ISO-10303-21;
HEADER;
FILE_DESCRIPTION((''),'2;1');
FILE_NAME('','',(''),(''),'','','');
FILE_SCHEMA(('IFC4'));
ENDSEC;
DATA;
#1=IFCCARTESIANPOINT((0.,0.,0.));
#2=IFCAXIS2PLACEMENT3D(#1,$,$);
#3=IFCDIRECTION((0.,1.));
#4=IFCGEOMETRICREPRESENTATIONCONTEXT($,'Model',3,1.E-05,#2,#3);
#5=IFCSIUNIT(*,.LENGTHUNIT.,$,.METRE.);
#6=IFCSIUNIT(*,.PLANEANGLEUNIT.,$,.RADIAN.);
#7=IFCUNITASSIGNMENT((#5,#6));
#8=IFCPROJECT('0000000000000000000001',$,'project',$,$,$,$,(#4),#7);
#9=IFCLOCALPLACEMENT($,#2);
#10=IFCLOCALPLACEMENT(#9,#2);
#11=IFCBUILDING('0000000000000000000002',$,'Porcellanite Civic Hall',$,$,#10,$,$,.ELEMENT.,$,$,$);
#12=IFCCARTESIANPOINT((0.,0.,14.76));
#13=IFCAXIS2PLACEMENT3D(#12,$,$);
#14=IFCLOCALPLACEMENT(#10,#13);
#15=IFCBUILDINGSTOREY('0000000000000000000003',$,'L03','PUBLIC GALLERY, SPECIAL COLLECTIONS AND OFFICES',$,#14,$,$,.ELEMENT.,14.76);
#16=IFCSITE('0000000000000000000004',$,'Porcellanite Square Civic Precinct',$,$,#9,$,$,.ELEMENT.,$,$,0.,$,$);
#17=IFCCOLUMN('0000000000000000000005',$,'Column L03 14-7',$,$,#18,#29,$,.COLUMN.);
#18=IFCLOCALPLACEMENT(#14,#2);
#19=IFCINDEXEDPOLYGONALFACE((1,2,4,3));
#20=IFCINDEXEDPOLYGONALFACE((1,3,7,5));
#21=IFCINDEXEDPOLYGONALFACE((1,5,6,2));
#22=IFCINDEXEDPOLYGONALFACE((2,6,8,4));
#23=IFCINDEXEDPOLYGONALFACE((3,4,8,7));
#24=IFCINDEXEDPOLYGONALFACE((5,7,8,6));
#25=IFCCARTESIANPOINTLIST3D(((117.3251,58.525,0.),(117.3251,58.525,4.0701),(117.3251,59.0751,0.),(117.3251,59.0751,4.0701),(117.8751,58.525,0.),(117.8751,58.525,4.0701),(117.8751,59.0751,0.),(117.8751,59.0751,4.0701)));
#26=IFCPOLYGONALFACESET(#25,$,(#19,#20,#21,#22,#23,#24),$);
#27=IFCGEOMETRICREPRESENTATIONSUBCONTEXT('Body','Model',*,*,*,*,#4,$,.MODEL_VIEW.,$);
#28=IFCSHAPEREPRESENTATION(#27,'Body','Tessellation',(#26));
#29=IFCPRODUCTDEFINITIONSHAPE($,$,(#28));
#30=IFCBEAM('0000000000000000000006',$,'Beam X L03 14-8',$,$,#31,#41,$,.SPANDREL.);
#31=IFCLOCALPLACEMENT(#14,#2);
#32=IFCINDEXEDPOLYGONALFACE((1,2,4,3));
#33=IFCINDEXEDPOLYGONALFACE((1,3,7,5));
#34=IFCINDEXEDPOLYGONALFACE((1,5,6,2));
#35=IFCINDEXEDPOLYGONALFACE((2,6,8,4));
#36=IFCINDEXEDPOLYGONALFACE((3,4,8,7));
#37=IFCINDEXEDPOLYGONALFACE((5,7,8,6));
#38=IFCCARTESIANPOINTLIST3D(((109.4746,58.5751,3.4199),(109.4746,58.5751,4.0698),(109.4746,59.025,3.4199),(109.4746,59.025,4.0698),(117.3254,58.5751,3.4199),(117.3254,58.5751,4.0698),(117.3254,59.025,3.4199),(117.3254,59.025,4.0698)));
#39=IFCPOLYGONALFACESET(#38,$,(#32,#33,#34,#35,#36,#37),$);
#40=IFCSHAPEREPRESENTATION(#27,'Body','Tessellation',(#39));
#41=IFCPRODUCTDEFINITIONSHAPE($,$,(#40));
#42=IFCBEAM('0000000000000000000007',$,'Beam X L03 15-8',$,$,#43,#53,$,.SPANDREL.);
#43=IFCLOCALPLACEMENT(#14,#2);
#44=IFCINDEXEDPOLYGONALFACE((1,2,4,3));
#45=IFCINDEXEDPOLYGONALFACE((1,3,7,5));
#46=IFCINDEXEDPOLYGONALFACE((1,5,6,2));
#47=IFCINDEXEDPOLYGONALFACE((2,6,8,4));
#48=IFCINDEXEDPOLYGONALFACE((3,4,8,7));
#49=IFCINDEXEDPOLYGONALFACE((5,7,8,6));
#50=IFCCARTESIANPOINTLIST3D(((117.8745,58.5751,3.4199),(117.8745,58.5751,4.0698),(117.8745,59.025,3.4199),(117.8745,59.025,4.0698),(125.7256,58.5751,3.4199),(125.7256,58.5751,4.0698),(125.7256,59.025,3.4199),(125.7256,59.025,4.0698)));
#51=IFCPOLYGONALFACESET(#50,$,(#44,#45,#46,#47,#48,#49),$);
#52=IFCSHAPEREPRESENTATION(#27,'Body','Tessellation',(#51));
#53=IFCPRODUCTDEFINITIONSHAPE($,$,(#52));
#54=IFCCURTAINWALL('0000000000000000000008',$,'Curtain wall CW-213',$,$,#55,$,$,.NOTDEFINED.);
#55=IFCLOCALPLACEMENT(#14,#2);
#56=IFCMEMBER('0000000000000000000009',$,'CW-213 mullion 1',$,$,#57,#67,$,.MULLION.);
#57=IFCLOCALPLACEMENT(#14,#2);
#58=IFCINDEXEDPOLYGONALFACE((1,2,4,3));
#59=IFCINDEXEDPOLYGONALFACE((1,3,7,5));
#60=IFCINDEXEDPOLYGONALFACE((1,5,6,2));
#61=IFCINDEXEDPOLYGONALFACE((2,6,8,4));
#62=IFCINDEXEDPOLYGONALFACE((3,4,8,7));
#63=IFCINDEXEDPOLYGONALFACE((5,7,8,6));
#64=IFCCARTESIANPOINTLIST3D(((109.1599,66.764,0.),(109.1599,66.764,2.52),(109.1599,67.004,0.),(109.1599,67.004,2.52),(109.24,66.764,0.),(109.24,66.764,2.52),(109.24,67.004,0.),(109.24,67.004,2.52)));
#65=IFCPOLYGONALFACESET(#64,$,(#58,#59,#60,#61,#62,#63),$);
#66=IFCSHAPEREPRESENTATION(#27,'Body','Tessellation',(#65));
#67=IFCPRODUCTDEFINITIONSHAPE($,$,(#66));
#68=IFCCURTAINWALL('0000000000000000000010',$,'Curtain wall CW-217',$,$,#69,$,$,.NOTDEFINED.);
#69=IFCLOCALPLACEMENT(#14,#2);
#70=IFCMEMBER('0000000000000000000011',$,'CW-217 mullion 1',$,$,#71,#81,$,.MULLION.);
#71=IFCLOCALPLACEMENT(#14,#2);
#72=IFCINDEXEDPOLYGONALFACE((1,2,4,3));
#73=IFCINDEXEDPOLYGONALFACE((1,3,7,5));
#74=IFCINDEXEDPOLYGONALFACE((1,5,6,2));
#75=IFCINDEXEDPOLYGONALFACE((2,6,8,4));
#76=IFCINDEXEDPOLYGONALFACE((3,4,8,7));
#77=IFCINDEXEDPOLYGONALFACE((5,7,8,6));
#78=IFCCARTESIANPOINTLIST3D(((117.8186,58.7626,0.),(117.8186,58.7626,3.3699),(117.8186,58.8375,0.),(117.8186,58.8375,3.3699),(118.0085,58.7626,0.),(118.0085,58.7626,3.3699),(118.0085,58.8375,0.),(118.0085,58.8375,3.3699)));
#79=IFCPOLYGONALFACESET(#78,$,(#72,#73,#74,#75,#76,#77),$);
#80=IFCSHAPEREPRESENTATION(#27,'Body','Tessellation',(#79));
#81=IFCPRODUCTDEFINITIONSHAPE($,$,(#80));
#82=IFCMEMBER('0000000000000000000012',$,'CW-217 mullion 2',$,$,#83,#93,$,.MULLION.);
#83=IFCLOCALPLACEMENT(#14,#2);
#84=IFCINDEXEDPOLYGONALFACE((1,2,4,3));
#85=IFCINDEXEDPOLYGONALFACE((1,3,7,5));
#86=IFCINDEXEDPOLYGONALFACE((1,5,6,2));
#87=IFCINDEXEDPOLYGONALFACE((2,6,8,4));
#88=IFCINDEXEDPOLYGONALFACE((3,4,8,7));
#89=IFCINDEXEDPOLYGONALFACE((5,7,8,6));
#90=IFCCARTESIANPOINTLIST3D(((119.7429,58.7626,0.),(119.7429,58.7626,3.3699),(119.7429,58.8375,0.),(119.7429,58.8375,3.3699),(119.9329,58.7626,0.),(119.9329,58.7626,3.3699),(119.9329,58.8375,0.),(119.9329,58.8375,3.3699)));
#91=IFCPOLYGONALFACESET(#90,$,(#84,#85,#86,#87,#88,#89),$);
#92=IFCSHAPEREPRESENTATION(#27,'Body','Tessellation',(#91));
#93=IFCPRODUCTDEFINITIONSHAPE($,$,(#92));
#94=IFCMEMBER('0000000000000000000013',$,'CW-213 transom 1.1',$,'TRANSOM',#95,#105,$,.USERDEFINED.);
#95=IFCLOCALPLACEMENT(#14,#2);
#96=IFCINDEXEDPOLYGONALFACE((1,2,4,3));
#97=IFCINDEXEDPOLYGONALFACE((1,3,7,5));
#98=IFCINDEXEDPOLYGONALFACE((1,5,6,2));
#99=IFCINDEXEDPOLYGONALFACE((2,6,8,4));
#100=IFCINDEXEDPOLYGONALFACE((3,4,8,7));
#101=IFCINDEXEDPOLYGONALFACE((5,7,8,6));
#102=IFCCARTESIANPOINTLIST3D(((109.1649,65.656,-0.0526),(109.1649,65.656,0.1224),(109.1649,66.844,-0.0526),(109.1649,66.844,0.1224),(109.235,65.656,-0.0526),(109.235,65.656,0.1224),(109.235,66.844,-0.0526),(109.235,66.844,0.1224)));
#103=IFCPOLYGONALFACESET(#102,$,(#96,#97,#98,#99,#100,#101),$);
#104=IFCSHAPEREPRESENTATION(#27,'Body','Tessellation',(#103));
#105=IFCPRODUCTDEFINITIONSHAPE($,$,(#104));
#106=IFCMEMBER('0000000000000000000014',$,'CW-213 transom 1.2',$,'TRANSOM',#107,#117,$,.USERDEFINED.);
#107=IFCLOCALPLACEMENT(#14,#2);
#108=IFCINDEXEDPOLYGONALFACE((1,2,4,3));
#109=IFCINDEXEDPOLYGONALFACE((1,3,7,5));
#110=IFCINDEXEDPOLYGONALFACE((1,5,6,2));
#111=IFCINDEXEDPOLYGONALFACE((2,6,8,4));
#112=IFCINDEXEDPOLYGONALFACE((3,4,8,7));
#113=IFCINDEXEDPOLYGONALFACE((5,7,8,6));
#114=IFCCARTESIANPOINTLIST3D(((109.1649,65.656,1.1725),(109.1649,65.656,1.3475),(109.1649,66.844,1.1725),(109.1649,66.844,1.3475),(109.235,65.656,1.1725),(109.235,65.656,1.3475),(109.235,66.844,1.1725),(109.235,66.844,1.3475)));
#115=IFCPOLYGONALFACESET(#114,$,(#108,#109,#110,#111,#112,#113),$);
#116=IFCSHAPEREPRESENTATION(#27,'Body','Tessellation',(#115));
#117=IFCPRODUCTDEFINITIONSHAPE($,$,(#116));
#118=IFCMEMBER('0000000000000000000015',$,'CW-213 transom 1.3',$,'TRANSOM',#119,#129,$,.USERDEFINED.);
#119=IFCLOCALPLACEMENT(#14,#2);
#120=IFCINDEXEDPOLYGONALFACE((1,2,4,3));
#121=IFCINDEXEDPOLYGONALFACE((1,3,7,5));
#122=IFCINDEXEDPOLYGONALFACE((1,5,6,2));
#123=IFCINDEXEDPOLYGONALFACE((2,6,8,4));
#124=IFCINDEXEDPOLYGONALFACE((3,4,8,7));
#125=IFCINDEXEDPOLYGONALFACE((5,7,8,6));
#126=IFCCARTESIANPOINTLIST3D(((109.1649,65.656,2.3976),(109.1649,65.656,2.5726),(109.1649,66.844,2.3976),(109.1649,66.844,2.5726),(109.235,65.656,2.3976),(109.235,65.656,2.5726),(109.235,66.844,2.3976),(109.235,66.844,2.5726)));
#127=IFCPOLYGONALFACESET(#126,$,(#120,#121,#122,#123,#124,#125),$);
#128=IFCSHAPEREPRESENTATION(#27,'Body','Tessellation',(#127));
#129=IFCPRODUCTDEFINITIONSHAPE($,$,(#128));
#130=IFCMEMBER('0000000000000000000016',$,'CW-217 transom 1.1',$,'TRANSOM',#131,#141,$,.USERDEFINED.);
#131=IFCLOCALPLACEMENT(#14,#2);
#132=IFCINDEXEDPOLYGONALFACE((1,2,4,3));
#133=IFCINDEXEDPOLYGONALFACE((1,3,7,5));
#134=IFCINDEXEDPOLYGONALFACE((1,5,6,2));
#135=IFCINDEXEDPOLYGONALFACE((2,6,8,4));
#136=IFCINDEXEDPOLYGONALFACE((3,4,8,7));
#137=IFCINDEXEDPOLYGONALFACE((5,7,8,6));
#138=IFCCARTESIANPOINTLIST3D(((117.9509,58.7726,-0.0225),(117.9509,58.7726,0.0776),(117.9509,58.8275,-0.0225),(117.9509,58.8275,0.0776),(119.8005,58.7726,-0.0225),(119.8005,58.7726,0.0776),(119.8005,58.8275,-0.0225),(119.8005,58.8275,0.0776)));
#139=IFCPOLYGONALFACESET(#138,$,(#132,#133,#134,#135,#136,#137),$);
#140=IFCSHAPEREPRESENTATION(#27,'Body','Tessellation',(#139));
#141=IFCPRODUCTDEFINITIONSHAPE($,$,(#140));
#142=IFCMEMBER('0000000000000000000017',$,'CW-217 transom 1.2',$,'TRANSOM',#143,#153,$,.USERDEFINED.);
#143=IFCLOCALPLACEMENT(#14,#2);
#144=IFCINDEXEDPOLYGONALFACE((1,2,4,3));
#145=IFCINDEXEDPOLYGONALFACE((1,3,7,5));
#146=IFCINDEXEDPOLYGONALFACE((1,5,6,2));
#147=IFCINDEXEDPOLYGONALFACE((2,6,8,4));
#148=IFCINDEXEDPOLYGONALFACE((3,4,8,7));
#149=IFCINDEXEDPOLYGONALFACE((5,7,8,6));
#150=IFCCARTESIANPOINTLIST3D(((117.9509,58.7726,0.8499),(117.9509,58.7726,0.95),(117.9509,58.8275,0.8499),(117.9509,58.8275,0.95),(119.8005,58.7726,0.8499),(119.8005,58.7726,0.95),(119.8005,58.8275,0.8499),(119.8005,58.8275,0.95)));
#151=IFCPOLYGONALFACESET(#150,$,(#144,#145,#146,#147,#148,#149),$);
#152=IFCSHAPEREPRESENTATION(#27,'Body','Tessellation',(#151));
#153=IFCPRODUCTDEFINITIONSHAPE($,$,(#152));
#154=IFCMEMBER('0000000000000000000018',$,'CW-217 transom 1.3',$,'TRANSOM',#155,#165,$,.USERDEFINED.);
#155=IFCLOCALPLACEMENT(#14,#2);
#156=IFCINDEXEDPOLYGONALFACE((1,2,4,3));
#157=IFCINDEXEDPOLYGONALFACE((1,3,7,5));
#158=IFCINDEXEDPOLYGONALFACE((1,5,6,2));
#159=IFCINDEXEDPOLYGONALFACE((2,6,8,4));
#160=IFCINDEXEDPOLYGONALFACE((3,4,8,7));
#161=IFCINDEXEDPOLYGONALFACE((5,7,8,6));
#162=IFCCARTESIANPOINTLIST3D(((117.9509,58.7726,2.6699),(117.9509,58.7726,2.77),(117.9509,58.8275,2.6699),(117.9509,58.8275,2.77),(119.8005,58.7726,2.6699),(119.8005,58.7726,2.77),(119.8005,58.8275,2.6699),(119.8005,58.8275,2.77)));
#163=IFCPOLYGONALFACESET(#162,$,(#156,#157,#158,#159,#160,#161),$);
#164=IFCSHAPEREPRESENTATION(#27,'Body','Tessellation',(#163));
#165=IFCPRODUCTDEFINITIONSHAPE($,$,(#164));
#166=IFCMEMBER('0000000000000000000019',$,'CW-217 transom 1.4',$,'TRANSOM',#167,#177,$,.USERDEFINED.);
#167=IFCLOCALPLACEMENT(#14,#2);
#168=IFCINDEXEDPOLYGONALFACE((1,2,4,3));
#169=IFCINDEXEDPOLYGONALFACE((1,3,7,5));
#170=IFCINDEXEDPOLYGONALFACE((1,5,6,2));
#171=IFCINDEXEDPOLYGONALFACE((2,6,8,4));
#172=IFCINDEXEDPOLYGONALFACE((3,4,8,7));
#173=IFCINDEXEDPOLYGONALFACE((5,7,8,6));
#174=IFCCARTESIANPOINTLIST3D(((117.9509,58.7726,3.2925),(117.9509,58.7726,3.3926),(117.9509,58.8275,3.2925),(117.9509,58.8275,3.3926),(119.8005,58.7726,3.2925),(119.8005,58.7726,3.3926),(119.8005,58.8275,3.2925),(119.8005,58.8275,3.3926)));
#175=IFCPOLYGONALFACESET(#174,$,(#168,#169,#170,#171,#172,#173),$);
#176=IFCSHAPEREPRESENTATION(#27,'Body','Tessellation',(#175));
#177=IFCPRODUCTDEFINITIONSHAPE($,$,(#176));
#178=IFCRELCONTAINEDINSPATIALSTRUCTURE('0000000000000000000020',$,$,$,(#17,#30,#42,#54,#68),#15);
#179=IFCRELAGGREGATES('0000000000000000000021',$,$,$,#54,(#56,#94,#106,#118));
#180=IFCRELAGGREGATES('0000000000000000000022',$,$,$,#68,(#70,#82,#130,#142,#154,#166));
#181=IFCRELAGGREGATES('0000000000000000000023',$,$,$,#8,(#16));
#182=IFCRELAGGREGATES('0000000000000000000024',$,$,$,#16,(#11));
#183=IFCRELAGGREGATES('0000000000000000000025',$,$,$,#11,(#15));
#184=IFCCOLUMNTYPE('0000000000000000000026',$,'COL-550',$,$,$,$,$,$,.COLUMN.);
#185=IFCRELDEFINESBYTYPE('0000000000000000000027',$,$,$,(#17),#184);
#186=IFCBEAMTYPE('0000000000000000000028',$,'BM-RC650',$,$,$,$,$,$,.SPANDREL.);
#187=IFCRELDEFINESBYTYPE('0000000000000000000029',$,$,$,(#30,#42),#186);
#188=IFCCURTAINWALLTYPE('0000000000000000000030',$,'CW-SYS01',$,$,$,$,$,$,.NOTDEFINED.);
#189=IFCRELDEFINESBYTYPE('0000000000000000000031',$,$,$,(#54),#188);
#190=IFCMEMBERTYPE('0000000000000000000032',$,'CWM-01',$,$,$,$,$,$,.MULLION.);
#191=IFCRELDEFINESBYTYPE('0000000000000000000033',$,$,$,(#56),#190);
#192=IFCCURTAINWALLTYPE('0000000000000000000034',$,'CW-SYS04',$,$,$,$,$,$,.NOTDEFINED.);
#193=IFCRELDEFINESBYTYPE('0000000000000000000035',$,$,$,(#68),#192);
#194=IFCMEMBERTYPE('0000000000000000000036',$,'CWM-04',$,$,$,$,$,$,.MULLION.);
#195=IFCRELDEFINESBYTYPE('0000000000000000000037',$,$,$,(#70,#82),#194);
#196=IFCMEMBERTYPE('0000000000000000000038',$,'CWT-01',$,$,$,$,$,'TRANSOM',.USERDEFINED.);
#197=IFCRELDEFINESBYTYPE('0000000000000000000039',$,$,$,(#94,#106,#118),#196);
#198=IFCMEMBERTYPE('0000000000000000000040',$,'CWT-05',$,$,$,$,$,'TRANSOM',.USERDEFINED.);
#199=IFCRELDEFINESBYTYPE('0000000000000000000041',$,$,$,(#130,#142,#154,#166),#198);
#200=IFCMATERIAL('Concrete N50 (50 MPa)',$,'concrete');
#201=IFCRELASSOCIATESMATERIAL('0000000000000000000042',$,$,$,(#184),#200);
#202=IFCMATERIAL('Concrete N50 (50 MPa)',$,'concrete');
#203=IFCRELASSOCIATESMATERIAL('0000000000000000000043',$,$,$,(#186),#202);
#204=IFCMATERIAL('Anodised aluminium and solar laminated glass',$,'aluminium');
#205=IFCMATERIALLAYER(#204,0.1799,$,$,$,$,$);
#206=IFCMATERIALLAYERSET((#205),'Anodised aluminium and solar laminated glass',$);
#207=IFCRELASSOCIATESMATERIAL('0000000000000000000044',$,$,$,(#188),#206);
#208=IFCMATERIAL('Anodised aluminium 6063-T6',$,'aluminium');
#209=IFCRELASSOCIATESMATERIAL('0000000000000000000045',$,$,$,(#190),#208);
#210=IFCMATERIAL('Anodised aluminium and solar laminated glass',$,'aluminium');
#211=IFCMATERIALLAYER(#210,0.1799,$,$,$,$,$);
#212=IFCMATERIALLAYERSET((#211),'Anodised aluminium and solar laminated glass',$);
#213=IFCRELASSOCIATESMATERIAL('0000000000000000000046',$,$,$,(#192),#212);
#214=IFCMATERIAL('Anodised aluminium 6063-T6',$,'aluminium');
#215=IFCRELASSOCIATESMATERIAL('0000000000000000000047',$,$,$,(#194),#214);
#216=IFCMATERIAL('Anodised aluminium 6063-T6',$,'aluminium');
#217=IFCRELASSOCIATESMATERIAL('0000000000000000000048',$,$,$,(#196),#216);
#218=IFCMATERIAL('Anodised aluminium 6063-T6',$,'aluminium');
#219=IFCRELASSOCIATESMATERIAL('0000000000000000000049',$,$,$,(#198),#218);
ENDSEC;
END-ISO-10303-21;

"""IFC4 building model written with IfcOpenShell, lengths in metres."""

from ifc_helpers import new_model, si_unit, direction, frame, origin, origin_2d, place, context, subcontext, project, spatial, rectangle, extrude, material, layer, layer_set, material_profile, profile_set, type_object, element, aggregate, save


model = new_model("IFC4")

# Units and contexts
model_context = context("Model", 3, precision=1e-05, world=origin(), true_north=direction((0.0, 1.0)))
body_context = subcontext(model_context, "Body", "Model", "MODEL_VIEW")
ifc_project = project(units=[si_unit("LENGTHUNIT", "METRE"), si_unit("PLANEANGLEUNIT", "RADIAN")], contexts=[model_context])

# Site, building, storey
site_placement = place(None, origin())
site = spatial("IfcSite", under=ifc_project, at=site_placement, Name="Porcellanite Square Civic Precinct", CompositionType="ELEMENT", RefElevation=0.0)
building_placement = place(site_placement, origin())
building = spatial("IfcBuilding", under=site, at=building_placement, Name="Porcellanite Civic Hall", CompositionType="ELEMENT")
storey_placement = place(building_placement, frame((0.0, 0.0, 14.76)))
storey = spatial("IfcBuildingStorey", under=building, at=storey_placement, Name="L03", Description="PUBLIC GALLERY, SPECIAL COLLECTIONS AND OFFICES", CompositionType="ELEMENT", Elevation=14.76)

# Column
ifc_material_1 = material(Name="Concrete N50 (50 MPa)", Category="concrete")
ifc_material_profile_1 = material_profile(ifc_material_1, rectangle(XDim=0.55, YDim=0.55, at=origin_2d()), Name="RC-550x550")
ifc_profile_set_1 = profile_set([ifc_material_profile_1], Name="Concrete N50 (50 MPa)")
column_type = type_object("IfcColumnType", Name="COL-550", PredefinedType="COLUMN", material=ifc_profile_set_1)
column_placement = place(storey_placement, frame((117.6001, 58.8, 0.0), z_axis=(0.0, 0.0, 1.0), x_axis=(1.0, 0.0, 0.0)))
element("IfcColumn", 1, at=column_placement, inside=storey, type_object=column_type, Name="Column L03 14-7", PredefinedType="COLUMN", context=body_context, shape_type="SweptSolid", body=[
    extrude(rectangle(XDim=0.55, YDim=0.55, at=origin_2d()), origin(), (0.0, 0.0, 1.0), 4.0701),
])

# Beams
ifc_material_2 = material(Name="Concrete N50 (50 MPa)", Category="concrete")
ifc_material_profile_2 = material_profile(ifc_material_2, rectangle(XDim=0.45, YDim=0.6499, at=origin_2d()), Name="RC-450x650")
ifc_profile_set_2 = profile_set([ifc_material_profile_2], Name="Concrete N50 (50 MPa)")
beam_type = type_object("IfcBeamType", Name="BM-RC650", PredefinedType="SPANDREL", material=ifc_profile_set_2)
beam_1_placement = place(storey_placement, frame((109.4746, 58.8, 3.7449), z_axis=(1.0, 0.0, 0.0), x_axis=(0.0, 1.0, 0.0)))
element("IfcBeam", 2, at=beam_1_placement, inside=storey, type_object=beam_type, Name="Beam X L03 14-8", PredefinedType="SPANDREL", context=body_context, shape_type="SweptSolid", body=[
    extrude(rectangle(XDim=0.45, YDim=0.6499, at=origin_2d()), origin(), (0.0, 0.0, 1.0), 7.8508),
])
beam_2_placement = place(storey_placement, frame((117.8745, 58.8, 3.7449), z_axis=(1.0, 0.0, 0.0), x_axis=(0.0, 1.0, 0.0)))
element("IfcBeam", 3, at=beam_2_placement, inside=storey, type_object=beam_type, Name="Beam X L03 15-8", PredefinedType="SPANDREL", context=body_context, shape_type="SweptSolid", body=[
    extrude(rectangle(XDim=0.45, YDim=0.6499, at=origin_2d()), origin(), (0.0, 0.0, 1.0), 7.8511),
])

# Curtain wall, member
ifc_material_3 = material(Name="Anodised aluminium and solar laminated glass", Category="aluminium")
ifc_layer_1 = layer(ifc_material_3, 0.1799)
ifc_layer_set_1 = layer_set([ifc_layer_1], Name="Anodised aluminium and solar laminated glass")
curtain_wall_type_1 = type_object("IfcCurtainWallType", Name="CW-SYS01", PredefinedType="NOTDEFINED", material=ifc_layer_set_1)
curtain_wall_1_placement = place(storey_placement, origin())
curtain_wall_1 = element("IfcCurtainWall", 4, at=curtain_wall_1_placement, inside=storey, type_object=curtain_wall_type_1, Name="Curtain wall CW-213", PredefinedType="NOTDEFINED")
ifc_material_4 = material(Name="Anodised aluminium 6063-T6", Category="aluminium")
ifc_material_profile_3 = material_profile(ifc_material_4, rectangle(XDim=0.0801, YDim=0.24, at=origin_2d()), Name="AL-80x240")
ifc_profile_set_3 = profile_set([ifc_material_profile_3], Name="Anodised aluminium 6063-T6")
member_type_1 = type_object("IfcMemberType", Name="CWM-01", PredefinedType="MULLION", material=ifc_profile_set_3)
member_1_placement = place(storey_placement, frame((109.2, 66.884, 0.0), z_axis=(0.0, 0.0, 1.0), x_axis=(1.0, 0.0, 0.0)))
member_1 = element("IfcMember", 5, at=member_1_placement, type_object=member_type_1, Name="CW-213 mullion 1", PredefinedType="MULLION", context=body_context, shape_type="SweptSolid", body=[
    extrude(rectangle(XDim=0.0801, YDim=0.24, at=origin_2d()), origin(), (0.0, 0.0, 1.0), 2.52),
])

# Curtain wall, members
ifc_material_5 = material(Name="Anodised aluminium and solar laminated glass", Category="aluminium")
ifc_layer_2 = layer(ifc_material_5, 0.1799)
ifc_layer_set_2 = layer_set([ifc_layer_2], Name="Anodised aluminium and solar laminated glass")
curtain_wall_type_2 = type_object("IfcCurtainWallType", Name="CW-SYS04", PredefinedType="NOTDEFINED", material=ifc_layer_set_2)
curtain_wall_2_placement = place(storey_placement, origin())
curtain_wall_2 = element("IfcCurtainWall", 6, at=curtain_wall_2_placement, inside=storey, type_object=curtain_wall_type_2, Name="Curtain wall CW-217", PredefinedType="NOTDEFINED")
ifc_material_6 = material(Name="Anodised aluminium 6063-T6", Category="aluminium")
ifc_material_profile_4 = material_profile(ifc_material_6, rectangle(XDim=0.075, YDim=0.1899, at=origin_2d()), Name="AL-75x190")
ifc_profile_set_4 = profile_set([ifc_material_profile_4], Name="Anodised aluminium 6063-T6")
member_type_2 = type_object("IfcMemberType", Name="CWM-04", PredefinedType="MULLION", material=ifc_profile_set_4)
member_2_placement = place(storey_placement, frame((117.9136, 58.8, 0.0), z_axis=(0.0, 0.0, 1.0), x_axis=(0.0, 1.0, 0.0)))
member_2 = element("IfcMember", 7, at=member_2_placement, type_object=member_type_2, Name="CW-217 mullion 1", PredefinedType="MULLION", context=body_context, shape_type="SweptSolid", body=[
    extrude(rectangle(XDim=0.075, YDim=0.1899, at=origin_2d()), origin(), (0.0, 0.0, 1.0), 3.3699),
])
member_3_placement = place(storey_placement, frame((119.8379, 58.8, 0.0), z_axis=(0.0, 0.0, 1.0), x_axis=(0.0, 1.0, 0.0)))
member_3 = element("IfcMember", 8, at=member_3_placement, type_object=member_type_2, Name="CW-217 mullion 2", PredefinedType="MULLION", context=body_context, shape_type="SweptSolid", body=[
    extrude(rectangle(XDim=0.075, YDim=0.1899, at=origin_2d()), origin(), (0.0, 0.0, 1.0), 3.3699),
])

# Members
ifc_material_7 = material(Name="Anodised aluminium 6063-T6", Category="aluminium")
ifc_material_profile_5 = material_profile(ifc_material_7, rectangle(XDim=0.0701, YDim=0.175, at=origin_2d()), Name="AL-70x175")
ifc_profile_set_5 = profile_set([ifc_material_profile_5], Name="Anodised aluminium 6063-T6")
member_type_3 = type_object("IfcMemberType", Name="CWT-01", ElementType="TRANSOM", PredefinedType="USERDEFINED", material=ifc_profile_set_5)
member_4_placement = place(storey_placement, frame((109.2, 66.844, 0.0349), z_axis=(0.0, -1.0, 0.0), x_axis=(1.0, 0.0, 0.0)))
member_4 = element("IfcMember", 9, at=member_4_placement, type_object=member_type_3, Name="CW-213 transom 1.1", ObjectType="TRANSOM", PredefinedType="USERDEFINED", context=body_context, shape_type="SweptSolid", body=[
    extrude(rectangle(XDim=0.0701, YDim=0.175, at=origin_2d()), origin(), (0.0, 0.0, 1.0), 1.188),
])
member_5_placement = place(storey_placement, frame((109.2, 66.844, 1.26), z_axis=(0.0, -1.0, 0.0), x_axis=(1.0, 0.0, 0.0)))
member_5 = element("IfcMember", 10, at=member_5_placement, type_object=member_type_3, Name="CW-213 transom 1.2", ObjectType="TRANSOM", PredefinedType="USERDEFINED", context=body_context, shape_type="SweptSolid", body=[
    extrude(rectangle(XDim=0.0701, YDim=0.175, at=origin_2d()), origin(), (0.0, 0.0, 1.0), 1.188),
])
member_6_placement = place(storey_placement, frame((109.2, 66.844, 2.4851), z_axis=(0.0, -1.0, 0.0), x_axis=(1.0, 0.0, 0.0)))
member_6 = element("IfcMember", 11, at=member_6_placement, type_object=member_type_3, Name="CW-213 transom 1.3", ObjectType="TRANSOM", PredefinedType="USERDEFINED", context=body_context, shape_type="SweptSolid", body=[
    extrude(rectangle(XDim=0.0701, YDim=0.175, at=origin_2d()), origin(), (0.0, 0.0, 1.0), 1.188),
])
ifc_material_8 = material(Name="Anodised aluminium 6063-T6", Category="aluminium")
ifc_material_profile_6 = material_profile(ifc_material_8, rectangle(XDim=0.0549, YDim=0.1001, at=origin_2d()), Name="AL-55x100")
ifc_profile_set_6 = profile_set([ifc_material_profile_6], Name="Anodised aluminium 6063-T6")
member_type_4 = type_object("IfcMemberType", Name="CWT-05", ElementType="TRANSOM", PredefinedType="USERDEFINED", material=ifc_profile_set_6)
member_7_placement = place(storey_placement, frame((117.9509, 58.8, 0.0276), z_axis=(1.0, 0.0, 0.0), x_axis=(0.0, 1.0, 0.0)))
member_7 = element("IfcMember", 12, at=member_7_placement, type_object=member_type_4, Name="CW-217 transom 1.1", ObjectType="TRANSOM", PredefinedType="USERDEFINED", context=body_context, shape_type="SweptSolid", body=[
    extrude(rectangle(XDim=0.0549, YDim=0.1001, at=origin_2d()), origin(), (0.0, 0.0, 1.0), 1.8496),
])
member_8_placement = place(storey_placement, frame((117.9509, 58.8, 0.8999), z_axis=(1.0, 0.0, 0.0), x_axis=(0.0, 1.0, 0.0)))
member_8 = element("IfcMember", 13, at=member_8_placement, type_object=member_type_4, Name="CW-217 transom 1.2", ObjectType="TRANSOM", PredefinedType="USERDEFINED", context=body_context, shape_type="SweptSolid", body=[
    extrude(rectangle(XDim=0.0549, YDim=0.1001, at=origin_2d()), origin(), (0.0, 0.0, 1.0), 1.8496),
])
member_9_placement = place(storey_placement, frame((117.9509, 58.8, 2.72), z_axis=(1.0, 0.0, 0.0), x_axis=(0.0, 1.0, 0.0)))
member_9 = element("IfcMember", 14, at=member_9_placement, type_object=member_type_4, Name="CW-217 transom 1.3", ObjectType="TRANSOM", PredefinedType="USERDEFINED", context=body_context, shape_type="SweptSolid", body=[
    extrude(rectangle(XDim=0.0549, YDim=0.1001, at=origin_2d()), origin(), (0.0, 0.0, 1.0), 1.8496),
])
member_10_placement = place(storey_placement, frame((117.9509, 58.8, 3.3425), z_axis=(1.0, 0.0, 0.0), x_axis=(0.0, 1.0, 0.0)))
member_10 = element("IfcMember", 15, at=member_10_placement, type_object=member_type_4, Name="CW-217 transom 1.4", ObjectType="TRANSOM", PredefinedType="USERDEFINED", context=body_context, shape_type="SweptSolid", body=[
    extrude(rectangle(XDim=0.0549, YDim=0.1001, at=origin_2d()), origin(), (0.0, 0.0, 1.0), 1.8496),
])

aggregate(curtain_wall_1, [member_1, member_4, member_5, member_6])
aggregate(curtain_wall_2, [member_2, member_3, member_7, member_8, member_9, member_10])

save(model, "model.ifc")
